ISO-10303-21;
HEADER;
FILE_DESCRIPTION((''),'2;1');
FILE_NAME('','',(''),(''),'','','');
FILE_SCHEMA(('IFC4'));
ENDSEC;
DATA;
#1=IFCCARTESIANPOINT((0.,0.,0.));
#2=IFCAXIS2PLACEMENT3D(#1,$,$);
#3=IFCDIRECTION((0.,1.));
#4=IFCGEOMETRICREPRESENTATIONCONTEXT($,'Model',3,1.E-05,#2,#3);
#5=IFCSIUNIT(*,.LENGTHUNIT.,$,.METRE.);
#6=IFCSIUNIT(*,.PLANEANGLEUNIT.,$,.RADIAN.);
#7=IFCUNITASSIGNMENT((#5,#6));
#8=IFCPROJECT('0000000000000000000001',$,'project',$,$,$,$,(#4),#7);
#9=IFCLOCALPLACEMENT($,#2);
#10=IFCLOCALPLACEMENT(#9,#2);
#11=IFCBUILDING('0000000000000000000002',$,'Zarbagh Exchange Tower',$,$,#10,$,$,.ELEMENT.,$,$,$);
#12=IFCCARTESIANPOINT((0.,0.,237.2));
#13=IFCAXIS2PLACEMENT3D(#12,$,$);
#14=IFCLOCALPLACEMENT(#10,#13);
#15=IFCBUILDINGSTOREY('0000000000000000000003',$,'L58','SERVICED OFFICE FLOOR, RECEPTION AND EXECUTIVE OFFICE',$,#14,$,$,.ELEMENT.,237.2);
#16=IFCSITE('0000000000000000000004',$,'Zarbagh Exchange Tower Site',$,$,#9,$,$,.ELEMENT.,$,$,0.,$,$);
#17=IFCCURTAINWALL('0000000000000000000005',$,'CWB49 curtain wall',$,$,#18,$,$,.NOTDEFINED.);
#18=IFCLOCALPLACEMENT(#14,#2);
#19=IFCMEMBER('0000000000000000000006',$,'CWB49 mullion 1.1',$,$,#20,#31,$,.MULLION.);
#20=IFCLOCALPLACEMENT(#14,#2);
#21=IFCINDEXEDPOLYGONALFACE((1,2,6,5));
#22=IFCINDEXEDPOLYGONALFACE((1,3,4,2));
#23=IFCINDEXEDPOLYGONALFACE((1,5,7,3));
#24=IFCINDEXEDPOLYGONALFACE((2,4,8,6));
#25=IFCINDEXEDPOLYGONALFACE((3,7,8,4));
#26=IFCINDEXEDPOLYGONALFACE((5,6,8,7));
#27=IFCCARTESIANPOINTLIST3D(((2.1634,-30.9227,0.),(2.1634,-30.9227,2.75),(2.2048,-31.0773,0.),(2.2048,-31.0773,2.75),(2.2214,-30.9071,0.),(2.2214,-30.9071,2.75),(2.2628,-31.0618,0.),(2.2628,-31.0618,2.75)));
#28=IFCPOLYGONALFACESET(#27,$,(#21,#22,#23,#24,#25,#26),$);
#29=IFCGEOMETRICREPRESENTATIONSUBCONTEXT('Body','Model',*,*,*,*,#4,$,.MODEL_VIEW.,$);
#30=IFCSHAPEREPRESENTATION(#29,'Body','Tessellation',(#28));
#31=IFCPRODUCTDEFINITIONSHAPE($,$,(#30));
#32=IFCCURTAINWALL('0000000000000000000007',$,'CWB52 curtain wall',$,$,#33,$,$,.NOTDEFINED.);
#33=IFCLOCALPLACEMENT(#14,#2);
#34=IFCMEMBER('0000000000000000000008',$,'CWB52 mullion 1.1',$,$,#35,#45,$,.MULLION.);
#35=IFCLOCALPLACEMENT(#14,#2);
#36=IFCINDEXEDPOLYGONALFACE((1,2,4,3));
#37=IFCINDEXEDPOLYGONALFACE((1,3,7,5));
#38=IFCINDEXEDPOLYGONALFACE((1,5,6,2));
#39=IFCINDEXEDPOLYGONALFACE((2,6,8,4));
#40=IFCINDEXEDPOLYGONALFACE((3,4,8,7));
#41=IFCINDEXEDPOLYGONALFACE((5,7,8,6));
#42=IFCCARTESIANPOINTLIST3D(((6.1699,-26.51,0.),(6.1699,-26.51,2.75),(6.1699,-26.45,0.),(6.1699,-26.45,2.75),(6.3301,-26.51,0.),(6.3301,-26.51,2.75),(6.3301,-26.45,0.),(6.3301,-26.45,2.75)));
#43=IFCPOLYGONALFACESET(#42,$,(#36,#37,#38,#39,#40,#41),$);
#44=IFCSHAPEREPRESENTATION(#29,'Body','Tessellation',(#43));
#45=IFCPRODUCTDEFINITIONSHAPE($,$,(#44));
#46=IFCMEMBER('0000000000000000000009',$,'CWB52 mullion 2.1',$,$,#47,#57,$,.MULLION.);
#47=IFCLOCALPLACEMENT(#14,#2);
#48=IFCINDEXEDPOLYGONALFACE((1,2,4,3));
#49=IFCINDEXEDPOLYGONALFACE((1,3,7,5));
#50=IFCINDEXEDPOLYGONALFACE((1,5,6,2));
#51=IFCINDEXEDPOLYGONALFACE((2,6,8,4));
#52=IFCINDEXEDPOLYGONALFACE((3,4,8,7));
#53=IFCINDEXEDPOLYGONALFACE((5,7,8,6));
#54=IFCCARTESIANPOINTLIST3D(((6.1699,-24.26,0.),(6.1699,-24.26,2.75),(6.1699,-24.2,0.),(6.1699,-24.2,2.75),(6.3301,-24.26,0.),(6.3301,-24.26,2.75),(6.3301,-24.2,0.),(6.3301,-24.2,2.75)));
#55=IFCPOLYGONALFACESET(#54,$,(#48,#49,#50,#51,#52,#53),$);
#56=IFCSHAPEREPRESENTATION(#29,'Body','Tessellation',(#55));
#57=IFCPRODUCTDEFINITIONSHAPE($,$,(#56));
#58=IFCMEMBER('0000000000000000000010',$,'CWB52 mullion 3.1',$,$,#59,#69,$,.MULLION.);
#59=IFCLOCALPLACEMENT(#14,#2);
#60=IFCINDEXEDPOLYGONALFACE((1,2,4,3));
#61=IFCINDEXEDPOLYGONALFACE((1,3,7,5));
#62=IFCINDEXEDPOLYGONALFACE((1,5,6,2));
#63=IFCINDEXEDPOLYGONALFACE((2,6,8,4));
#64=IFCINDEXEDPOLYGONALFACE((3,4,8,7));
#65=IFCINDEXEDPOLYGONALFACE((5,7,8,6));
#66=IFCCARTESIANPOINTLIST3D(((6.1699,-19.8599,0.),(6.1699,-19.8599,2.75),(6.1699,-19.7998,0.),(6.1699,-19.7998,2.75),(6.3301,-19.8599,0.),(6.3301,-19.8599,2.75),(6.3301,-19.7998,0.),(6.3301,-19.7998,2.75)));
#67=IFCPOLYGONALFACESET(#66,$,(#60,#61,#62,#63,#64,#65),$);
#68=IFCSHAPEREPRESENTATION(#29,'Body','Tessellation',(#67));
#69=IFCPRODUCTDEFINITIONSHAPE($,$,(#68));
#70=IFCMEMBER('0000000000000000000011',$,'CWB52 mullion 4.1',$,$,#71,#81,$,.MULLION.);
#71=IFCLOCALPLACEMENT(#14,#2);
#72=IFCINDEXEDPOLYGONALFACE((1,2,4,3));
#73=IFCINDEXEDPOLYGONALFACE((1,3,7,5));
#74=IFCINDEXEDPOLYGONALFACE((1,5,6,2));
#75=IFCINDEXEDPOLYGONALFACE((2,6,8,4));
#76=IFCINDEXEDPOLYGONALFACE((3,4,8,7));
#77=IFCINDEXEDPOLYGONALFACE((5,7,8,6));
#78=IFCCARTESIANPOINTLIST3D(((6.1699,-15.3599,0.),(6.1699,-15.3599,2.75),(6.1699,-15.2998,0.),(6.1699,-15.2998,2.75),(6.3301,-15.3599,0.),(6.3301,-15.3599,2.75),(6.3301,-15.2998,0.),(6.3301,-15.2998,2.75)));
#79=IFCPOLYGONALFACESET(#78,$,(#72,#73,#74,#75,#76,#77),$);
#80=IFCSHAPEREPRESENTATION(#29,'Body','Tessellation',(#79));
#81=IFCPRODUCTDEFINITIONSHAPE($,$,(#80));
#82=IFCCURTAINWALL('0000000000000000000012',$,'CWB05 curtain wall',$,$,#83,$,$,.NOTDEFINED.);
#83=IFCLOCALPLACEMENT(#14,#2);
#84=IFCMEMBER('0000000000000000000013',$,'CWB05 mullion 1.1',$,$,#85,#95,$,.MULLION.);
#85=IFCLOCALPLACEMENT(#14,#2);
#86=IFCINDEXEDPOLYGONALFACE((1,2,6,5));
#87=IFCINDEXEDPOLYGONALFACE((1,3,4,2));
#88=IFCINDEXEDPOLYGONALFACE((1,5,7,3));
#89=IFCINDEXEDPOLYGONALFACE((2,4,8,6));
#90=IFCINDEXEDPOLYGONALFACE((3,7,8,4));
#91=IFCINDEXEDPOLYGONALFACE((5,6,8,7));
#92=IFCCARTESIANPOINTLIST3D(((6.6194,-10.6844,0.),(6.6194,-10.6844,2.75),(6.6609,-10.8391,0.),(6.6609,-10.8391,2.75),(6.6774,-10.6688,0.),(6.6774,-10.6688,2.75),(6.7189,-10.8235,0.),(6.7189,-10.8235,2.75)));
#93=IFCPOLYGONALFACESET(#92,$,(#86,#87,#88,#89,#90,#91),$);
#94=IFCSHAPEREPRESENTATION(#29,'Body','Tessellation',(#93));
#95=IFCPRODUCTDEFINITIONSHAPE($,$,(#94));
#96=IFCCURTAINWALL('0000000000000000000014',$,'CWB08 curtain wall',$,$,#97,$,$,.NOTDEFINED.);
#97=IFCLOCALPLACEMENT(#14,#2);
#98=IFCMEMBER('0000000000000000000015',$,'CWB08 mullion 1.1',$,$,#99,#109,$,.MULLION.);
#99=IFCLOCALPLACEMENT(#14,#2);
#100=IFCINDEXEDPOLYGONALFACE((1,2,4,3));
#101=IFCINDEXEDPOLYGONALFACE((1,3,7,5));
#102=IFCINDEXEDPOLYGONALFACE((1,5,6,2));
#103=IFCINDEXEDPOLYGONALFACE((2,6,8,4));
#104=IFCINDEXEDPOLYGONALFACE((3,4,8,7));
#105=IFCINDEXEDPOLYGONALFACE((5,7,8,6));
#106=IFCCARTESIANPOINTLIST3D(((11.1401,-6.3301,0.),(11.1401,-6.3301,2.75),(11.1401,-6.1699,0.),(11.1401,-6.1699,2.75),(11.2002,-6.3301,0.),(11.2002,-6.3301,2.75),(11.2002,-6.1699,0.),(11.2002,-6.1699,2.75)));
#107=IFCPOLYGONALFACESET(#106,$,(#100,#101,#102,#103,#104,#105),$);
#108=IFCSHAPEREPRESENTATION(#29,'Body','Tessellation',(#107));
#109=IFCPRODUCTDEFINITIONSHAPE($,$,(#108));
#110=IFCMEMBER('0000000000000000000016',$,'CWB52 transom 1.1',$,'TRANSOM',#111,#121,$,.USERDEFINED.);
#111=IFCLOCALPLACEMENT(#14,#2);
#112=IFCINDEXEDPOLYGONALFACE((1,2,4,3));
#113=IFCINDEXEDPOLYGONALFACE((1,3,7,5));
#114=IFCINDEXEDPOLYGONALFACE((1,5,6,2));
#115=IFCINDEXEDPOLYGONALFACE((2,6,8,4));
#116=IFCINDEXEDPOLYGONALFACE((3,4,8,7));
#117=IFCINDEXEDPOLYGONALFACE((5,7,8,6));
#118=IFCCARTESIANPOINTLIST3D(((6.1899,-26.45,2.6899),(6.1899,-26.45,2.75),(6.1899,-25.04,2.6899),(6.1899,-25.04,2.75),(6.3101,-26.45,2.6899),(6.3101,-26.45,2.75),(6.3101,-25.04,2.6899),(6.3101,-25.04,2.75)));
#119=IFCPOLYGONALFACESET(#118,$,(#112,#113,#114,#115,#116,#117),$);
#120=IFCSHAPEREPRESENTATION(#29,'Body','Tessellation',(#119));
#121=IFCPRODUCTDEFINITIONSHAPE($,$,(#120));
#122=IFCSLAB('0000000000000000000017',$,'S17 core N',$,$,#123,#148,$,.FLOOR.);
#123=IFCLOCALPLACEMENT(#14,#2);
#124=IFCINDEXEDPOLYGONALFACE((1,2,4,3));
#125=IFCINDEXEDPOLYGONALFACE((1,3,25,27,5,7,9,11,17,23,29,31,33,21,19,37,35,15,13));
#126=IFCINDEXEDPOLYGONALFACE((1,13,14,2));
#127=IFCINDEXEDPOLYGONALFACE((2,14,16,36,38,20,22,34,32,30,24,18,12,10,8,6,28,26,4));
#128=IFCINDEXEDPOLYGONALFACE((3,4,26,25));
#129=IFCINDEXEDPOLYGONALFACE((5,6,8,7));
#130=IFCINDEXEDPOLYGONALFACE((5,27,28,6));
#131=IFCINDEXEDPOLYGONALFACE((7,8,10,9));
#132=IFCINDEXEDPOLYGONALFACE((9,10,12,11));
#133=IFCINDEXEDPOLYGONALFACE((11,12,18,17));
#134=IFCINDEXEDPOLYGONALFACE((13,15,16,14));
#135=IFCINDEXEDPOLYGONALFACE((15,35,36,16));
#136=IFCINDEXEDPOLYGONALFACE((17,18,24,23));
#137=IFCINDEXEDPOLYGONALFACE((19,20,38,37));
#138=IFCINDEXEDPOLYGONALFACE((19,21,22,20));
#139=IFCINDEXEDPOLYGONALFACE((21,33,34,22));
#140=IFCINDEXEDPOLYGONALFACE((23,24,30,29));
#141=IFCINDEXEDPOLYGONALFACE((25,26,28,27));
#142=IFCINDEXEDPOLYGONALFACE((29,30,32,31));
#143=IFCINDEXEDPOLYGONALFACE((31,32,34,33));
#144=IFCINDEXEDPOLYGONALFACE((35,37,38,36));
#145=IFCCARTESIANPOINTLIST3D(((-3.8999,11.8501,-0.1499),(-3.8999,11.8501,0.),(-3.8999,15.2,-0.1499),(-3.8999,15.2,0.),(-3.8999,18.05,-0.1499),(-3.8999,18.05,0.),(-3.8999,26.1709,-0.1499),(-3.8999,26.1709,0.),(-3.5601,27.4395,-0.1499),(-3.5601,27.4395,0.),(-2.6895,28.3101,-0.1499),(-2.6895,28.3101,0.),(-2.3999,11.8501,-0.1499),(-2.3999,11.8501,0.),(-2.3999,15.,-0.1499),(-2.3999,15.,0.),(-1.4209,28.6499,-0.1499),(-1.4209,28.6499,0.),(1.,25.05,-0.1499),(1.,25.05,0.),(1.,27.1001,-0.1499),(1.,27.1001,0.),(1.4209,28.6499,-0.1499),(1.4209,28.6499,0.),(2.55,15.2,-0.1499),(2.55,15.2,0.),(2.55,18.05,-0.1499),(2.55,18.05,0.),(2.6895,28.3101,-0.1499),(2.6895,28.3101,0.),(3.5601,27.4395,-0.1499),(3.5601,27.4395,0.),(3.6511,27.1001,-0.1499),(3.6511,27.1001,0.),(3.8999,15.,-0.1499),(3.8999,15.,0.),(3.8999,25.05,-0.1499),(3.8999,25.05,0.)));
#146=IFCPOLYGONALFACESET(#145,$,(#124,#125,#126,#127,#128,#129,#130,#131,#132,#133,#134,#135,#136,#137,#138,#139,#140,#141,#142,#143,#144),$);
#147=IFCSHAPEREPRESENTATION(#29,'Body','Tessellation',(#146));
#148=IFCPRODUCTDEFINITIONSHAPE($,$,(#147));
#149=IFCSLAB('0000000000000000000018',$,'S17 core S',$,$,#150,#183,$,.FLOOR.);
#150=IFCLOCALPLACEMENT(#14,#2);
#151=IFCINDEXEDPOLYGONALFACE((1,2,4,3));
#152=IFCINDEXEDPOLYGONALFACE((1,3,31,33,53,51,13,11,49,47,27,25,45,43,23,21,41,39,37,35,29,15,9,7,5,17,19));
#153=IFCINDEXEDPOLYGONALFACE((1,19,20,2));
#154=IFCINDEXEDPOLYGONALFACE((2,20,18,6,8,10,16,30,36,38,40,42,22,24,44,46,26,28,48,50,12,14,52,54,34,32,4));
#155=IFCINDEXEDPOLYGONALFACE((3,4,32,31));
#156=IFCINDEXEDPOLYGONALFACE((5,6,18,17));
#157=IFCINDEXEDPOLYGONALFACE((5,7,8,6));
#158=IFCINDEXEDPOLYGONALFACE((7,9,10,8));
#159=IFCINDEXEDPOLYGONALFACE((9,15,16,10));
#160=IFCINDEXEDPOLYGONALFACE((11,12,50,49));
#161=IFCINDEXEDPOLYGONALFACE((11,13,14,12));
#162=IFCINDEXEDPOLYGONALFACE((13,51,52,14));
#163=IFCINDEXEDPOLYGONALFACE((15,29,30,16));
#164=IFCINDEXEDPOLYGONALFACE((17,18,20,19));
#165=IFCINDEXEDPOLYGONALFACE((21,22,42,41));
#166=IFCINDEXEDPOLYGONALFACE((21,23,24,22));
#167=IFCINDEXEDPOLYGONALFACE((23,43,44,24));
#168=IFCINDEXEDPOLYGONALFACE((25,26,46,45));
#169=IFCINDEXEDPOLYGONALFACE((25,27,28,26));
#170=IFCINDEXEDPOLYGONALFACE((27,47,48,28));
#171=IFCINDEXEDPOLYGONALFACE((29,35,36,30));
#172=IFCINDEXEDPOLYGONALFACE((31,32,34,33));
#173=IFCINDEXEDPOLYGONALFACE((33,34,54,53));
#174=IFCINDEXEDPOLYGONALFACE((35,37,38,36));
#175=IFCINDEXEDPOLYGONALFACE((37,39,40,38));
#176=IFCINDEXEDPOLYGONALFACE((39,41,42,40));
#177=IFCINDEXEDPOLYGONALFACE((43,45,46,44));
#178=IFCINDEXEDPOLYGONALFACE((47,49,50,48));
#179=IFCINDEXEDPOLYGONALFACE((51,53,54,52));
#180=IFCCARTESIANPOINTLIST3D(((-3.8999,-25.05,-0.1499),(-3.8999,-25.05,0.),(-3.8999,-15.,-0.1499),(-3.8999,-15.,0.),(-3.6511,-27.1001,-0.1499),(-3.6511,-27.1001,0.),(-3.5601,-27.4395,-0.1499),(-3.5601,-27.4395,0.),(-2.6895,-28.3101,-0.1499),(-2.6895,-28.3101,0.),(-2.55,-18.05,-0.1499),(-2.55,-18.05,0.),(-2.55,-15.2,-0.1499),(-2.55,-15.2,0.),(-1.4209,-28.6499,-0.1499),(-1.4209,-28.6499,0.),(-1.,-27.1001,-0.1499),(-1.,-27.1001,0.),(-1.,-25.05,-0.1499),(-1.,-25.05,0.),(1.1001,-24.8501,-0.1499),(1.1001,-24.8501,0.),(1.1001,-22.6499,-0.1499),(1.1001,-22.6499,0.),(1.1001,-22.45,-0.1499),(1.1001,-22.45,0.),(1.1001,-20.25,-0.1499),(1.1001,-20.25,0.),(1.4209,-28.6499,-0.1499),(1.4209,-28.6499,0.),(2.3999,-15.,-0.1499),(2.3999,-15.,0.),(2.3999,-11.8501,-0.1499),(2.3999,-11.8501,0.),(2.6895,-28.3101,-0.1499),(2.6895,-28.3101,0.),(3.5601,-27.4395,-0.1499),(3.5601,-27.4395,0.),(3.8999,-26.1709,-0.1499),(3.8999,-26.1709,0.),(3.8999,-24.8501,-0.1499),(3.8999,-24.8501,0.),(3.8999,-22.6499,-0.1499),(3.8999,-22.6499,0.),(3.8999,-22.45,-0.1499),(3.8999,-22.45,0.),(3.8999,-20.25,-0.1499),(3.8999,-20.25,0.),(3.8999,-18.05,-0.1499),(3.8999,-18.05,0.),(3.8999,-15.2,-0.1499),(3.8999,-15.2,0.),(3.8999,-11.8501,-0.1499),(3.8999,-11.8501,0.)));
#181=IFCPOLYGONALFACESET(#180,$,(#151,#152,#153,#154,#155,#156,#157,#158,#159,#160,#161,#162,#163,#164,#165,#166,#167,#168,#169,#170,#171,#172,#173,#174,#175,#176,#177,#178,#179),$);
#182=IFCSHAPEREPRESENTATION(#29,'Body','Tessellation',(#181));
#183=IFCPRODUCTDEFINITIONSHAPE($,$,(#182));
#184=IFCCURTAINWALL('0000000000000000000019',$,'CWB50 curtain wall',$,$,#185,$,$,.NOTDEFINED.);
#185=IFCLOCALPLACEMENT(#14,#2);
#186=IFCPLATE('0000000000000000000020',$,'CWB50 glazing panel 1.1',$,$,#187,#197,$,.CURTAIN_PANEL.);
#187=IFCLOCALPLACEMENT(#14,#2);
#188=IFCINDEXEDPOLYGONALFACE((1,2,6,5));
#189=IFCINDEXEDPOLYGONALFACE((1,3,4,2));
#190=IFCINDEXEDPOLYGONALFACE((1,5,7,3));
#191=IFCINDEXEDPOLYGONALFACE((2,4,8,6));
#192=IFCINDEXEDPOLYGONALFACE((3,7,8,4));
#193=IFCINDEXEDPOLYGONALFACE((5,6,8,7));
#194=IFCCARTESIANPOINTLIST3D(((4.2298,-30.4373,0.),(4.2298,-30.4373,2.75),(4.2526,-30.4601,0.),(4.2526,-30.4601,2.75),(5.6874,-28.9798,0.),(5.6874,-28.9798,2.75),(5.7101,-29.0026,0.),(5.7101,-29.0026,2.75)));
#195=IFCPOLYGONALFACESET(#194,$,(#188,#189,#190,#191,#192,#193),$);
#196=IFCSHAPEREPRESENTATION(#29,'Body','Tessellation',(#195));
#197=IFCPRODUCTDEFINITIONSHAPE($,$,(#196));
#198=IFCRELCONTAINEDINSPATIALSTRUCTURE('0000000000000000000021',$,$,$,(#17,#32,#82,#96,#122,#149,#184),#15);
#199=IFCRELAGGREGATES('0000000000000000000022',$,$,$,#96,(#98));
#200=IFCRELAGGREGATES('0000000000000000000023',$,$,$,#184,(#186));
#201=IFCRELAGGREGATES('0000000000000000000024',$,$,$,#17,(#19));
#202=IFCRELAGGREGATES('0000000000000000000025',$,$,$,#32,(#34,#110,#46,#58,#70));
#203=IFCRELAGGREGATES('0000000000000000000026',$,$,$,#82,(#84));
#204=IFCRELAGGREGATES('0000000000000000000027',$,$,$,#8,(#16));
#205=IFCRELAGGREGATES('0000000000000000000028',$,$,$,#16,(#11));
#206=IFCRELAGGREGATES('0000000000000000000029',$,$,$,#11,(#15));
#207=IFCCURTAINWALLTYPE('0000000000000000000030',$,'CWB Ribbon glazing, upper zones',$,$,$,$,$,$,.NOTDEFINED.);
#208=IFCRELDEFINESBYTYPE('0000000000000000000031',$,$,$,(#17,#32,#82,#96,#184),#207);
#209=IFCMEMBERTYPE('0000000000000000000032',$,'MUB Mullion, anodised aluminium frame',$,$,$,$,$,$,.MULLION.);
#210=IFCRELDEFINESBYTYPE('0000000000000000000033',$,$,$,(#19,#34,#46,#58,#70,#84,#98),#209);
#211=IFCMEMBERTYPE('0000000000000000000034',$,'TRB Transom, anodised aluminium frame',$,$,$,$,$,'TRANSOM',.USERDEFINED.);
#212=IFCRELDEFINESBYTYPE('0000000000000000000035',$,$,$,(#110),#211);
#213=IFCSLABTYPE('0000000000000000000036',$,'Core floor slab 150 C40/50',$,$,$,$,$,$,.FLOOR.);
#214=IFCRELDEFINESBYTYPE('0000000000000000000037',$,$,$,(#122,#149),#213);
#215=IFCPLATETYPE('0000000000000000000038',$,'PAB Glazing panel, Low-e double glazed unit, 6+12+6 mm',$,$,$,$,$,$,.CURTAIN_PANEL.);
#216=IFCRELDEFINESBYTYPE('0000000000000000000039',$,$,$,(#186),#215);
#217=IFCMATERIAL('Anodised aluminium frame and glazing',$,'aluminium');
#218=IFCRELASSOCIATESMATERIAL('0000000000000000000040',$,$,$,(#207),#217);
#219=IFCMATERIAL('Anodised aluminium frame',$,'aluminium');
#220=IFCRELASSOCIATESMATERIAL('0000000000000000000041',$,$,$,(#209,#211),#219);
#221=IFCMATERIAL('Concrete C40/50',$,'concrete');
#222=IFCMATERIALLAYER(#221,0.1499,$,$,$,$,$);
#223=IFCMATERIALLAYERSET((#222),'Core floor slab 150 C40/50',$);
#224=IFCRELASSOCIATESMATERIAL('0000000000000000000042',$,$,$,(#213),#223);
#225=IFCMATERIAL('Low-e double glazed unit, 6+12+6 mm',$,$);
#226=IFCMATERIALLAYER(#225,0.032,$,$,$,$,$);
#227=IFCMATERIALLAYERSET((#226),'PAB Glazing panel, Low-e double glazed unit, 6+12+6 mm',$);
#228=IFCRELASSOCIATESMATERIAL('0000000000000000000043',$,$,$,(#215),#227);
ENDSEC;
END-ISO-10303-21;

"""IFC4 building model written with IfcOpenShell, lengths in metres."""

from ifc_helpers import new_model, si_unit, direction, frame, origin, place, context, subcontext, project, spatial, polyline, outline, extrude, source, transform, mapped, material, layer, layer_set, type_object, element, aggregate, save


model = new_model("IFC4")

# Units and contexts
model_context = context("Model", 3, precision=1e-05, world=origin(), true_north=direction((0.0, 1.0)))
body_context = subcontext(model_context, "Body", "Model", "MODEL_VIEW")
ifc_project = project(units=[si_unit("LENGTHUNIT", "METRE"), si_unit("PLANEANGLEUNIT", "RADIAN")], contexts=[model_context])

# Site, building, storey
site_placement = place(None, origin())
site = spatial("IfcSite", under=ifc_project, at=site_placement, Name="Zarbagh Exchange Tower Site", CompositionType="ELEMENT", RefElevation=0.0)
building_placement = place(site_placement, origin())
building = spatial("IfcBuilding", under=site, at=building_placement, Name="Zarbagh Exchange Tower", CompositionType="ELEMENT")
storey_placement = place(building_placement, frame((0.0, 0.0, 237.2)))
storey = spatial("IfcBuildingStorey", under=building, at=storey_placement, Name="L58", Description="SERVICED OFFICE FLOOR, RECEPTION AND EXECUTIVE OFFICE", CompositionType="ELEMENT", Elevation=237.2)

# Curtain wall, member
ifc_material_1 = material(Name="Anodised aluminium frame and glazing", Category="aluminium")
curtain_wall_type = type_object("IfcCurtainWallType", Name="CWB Ribbon glazing, upper zones", PredefinedType="NOTDEFINED", material=ifc_material_1)
curtain_wall_1_placement = place(storey_placement, origin())
curtain_wall_1 = element("IfcCurtainWall", 1, at=curtain_wall_1_placement, inside=storey, type_object=curtain_wall_type, Name="CWB49 curtain wall", PredefinedType="NOTDEFINED")
ifc_material_2 = material(Name="Anodised aluminium frame", Category="aluminium")
member_type_1 = type_object("IfcMemberType", Name="MUB Mullion, anodised aluminium frame", PredefinedType="MULLION", material=ifc_material_2)
shared_shape_1 = source(origin(), body_context, "Body", "SweptSolid", [
    extrude(outline(polyline([(0.0, -0.0801), (0.0601, -0.0801), (0.0601, 0.0801), (0.0, 0.0801), (0.0, -0.0801)])), origin(), (0.0, 0.0, 1.0), 2.75),
])
placement = place(storey_placement, origin())
member_1 = element("IfcMember", 2, at=placement, type_object=member_type_1, Name="CWB49 mullion 1.1", PredefinedType="MULLION", context=body_context, shape_type="MappedRepresentation", body=[
    mapped(shared_shape_1, transform((2.1841, -31.0, 0.0), x_axis=(0.965924, 0.258825, 0.0), y_axis=(-0.258825, 0.965924, 0.0), z_axis=(0.0, 0.0, 1.0))),
])

# Curtain wall, members
curtain_wall_2_placement = place(storey_placement, origin())
curtain_wall_2 = element("IfcCurtainWall", 3, at=curtain_wall_2_placement, inside=storey, type_object=curtain_wall_type, Name="CWB52 curtain wall", PredefinedType="NOTDEFINED")
member_2 = element("IfcMember", 4, at=placement, type_object=member_type_1, Name="CWB52 mullion 1.1", PredefinedType="MULLION", context=body_context, shape_type="MappedRepresentation", body=[
    mapped(shared_shape_1, transform((6.25, -26.51, 0.0), x_axis=(0.0, 1.0, 0.0), y_axis=(-1.0, 0.0, 0.0), z_axis=(0.0, 0.0, 1.0))),
])
member_3 = element("IfcMember", 5, at=placement, type_object=member_type_1, Name="CWB52 mullion 2.1", PredefinedType="MULLION", context=body_context, shape_type="MappedRepresentation", body=[
    mapped(shared_shape_1, transform((6.25, -24.26, 0.0), x_axis=(0.0, 1.0, 0.0), y_axis=(-1.0, 0.0, 0.0), z_axis=(0.0, 0.0, 1.0))),
])
member_4 = element("IfcMember", 6, at=placement, type_object=member_type_1, Name="CWB52 mullion 3.1", PredefinedType="MULLION", context=body_context, shape_type="MappedRepresentation", body=[
    mapped(shared_shape_1, transform((6.25, -19.8599, 0.0), x_axis=(0.0, 1.0, 0.0), y_axis=(-1.0, 0.0, 0.0), z_axis=(0.0, 0.0, 1.0))),
])
member_5 = element("IfcMember", 7, at=placement, type_object=member_type_1, Name="CWB52 mullion 4.1", PredefinedType="MULLION", context=body_context, shape_type="MappedRepresentation", body=[
    mapped(shared_shape_1, transform((6.25, -15.3599, 0.0), x_axis=(0.0, 1.0, 0.0), y_axis=(-1.0, 0.0, 0.0), z_axis=(0.0, 0.0, 1.0))),
])

# Curtain walls, members
curtain_wall_3_placement = place(storey_placement, origin())
curtain_wall_3 = element("IfcCurtainWall", 8, at=curtain_wall_3_placement, inside=storey, type_object=curtain_wall_type, Name="CWB05 curtain wall", PredefinedType="NOTDEFINED")
member_6 = element("IfcMember", 9, at=placement, type_object=member_type_1, Name="CWB05 mullion 1.1", PredefinedType="MULLION", context=body_context, shape_type="MappedRepresentation", body=[
    mapped(shared_shape_1, transform((6.6401, -10.7617, 0.0), x_axis=(0.965924, 0.258825, 0.0), y_axis=(-0.258825, 0.965924, 0.0), z_axis=(0.0, 0.0, 1.0))),
])
curtain_wall_4_placement = place(storey_placement, origin())
curtain_wall_4 = element("IfcCurtainWall", 10, at=curtain_wall_4_placement, inside=storey, type_object=curtain_wall_type, Name="CWB08 curtain wall", PredefinedType="NOTDEFINED")
member_7 = element("IfcMember", 11, at=placement, type_object=member_type_1, Name="CWB08 mullion 1.1", PredefinedType="MULLION", context=body_context, shape_type="MappedRepresentation", body=[
    mapped(shared_shape_1, transform((11.1401, -6.25, 0.0), x_axis=(1.0, 0.0, 0.0), y_axis=(0.0, 1.0, 0.0), z_axis=(0.0, 0.0, 1.0))),
])
aggregate(curtain_wall_4, [member_7])

# Member
member_type_2 = type_object("IfcMemberType", Name="TRB Transom, anodised aluminium frame", ElementType="TRANSOM", PredefinedType="USERDEFINED", material=ifc_material_2)
shared_shape_2 = source(origin(), body_context, "Body", "SweptSolid", [
    extrude(outline(polyline([(-0.0601, -0.0601), (0.0, -0.0601), (0.0, 0.0601), (-0.0601, 0.0601), (-0.0601, -0.0601)])), origin(), (0.0, 0.0, 1.0), 1.4099),
])
member_8 = element("IfcMember", 12, at=placement, type_object=member_type_2, Name="CWB52 transom 1.1", ObjectType="TRANSOM", PredefinedType="USERDEFINED", context=body_context, shape_type="MappedRepresentation", body=[
    mapped(shared_shape_2, transform((6.25, -26.45, 2.75), x_axis=(0.0, 0.0, 1.0), y_axis=(1.0, 0.0, 0.0), z_axis=(0.0, 1.0, 0.0))),
])

# Slabs
ifc_material_3 = material(Name="Concrete C40/50", Category="concrete")
ifc_layer_1 = layer(ifc_material_3, 0.1499)
ifc_layer_set_1 = layer_set([ifc_layer_1], Name="Core floor slab 150 C40/50")
slab_type = type_object("IfcSlabType", Name="Core floor slab 150 C40/50", PredefinedType="FLOOR", material=ifc_layer_set_1)
slab_1_placement = place(storey_placement, frame((0.0, 0.0, -0.1499)))
element("IfcSlab", 13, at=slab_1_placement, inside=storey, type_object=slab_type, Name="S17 core N", PredefinedType="FLOOR", context=body_context, shape_type="SweptSolid", body=[
    extrude(outline(polyline([(-3.8999, 11.8501), (-3.8999, 15.2), (2.55, 15.2), (2.55, 18.05), (-3.8999, 18.05), (-3.8999, 26.1709), (-3.5601, 27.4395), (-2.6895, 28.3101), (-1.4209, 28.6499), (1.4209, 28.6499), (2.6895, 28.3101), (3.5601, 27.4395), (3.6511, 27.1001), (1.0, 27.1001), (1.0, 25.05), (3.8999, 25.05), (3.8999, 15.0), (-2.3999, 15.0), (-2.3999, 11.8501), (-3.8999, 11.8501)])), origin(), (0.0, 0.0, 1.0), 0.1499),
])
slab_2_placement = place(storey_placement, frame((0.0, 0.0, -0.1499)))
element("IfcSlab", 14, at=slab_2_placement, inside=storey, type_object=slab_type, Name="S17 core S", PredefinedType="FLOOR", context=body_context, shape_type="SweptSolid", body=[
    extrude(outline(polyline([(-2.6895, -28.3101), (-3.5601, -27.4395), (-3.6511, -27.1001), (-1.0, -27.1001), (-1.0, -25.05), (-3.8999, -25.05), (-3.8999, -15.0), (2.3999, -15.0), (2.3999, -11.8501), (3.8999, -11.8501), (3.8999, -15.2), (-2.55, -15.2), (-2.55, -18.05), (3.8999, -18.05), (3.8999, -20.25), (1.1001, -20.25), (1.1001, -22.45), (3.8999, -22.45), (3.8999, -22.6499), (1.1001, -22.6499), (1.1001, -24.8501), (3.8999, -24.8501), (3.8999, -26.1709), (3.5601, -27.4395), (2.6895, -28.3101), (1.4209, -28.6499), (-1.4209, -28.6499), (-2.6895, -28.3101)])), origin(), (0.0, 0.0, 1.0), 0.1499),
])

# Curtain wall, plate
curtain_wall_5_placement = place(storey_placement, origin())
curtain_wall_5 = element("IfcCurtainWall", 15, at=curtain_wall_5_placement, inside=storey, type_object=curtain_wall_type, Name="CWB50 curtain wall", PredefinedType="NOTDEFINED")
ifc_material_4 = material(Name="Low-e double glazed unit, 6+12+6 mm")
ifc_layer_2 = layer(ifc_material_4, 0.032)
ifc_layer_set_2 = layer_set([ifc_layer_2], Name="PAB Glazing panel, Low-e double glazed unit, 6+12+6 mm")
plate_type = type_object("IfcPlateType", Name="PAB Glazing panel, Low-e double glazed unit, 6+12+6 mm", PredefinedType="CURTAIN_PANEL", material=ifc_layer_set_2)
shared_shape_3 = source(origin(), body_context, "Body", "SweptSolid", [
    extrude(outline(polyline([(0.0, -0.0161), (2.0613, -0.0161), (2.0613, 0.0161), (0.0, 0.0161), (0.0, -0.0161)])), origin(), (0.0, 0.0, 1.0), 2.75),
])
plate_1 = element("IfcPlate", 16, at=placement, type_object=plate_type, Name="CWB50 glazing panel 1.1", PredefinedType="CURTAIN_PANEL", context=body_context, shape_type="MappedRepresentation", body=[
    mapped(shared_shape_3, transform((4.2412, -30.4487, 0.0), x_axis=(0.707107, 0.707107, 0.0), y_axis=(-0.707107, 0.707107, 0.0), z_axis=(0.0, 0.0, 1.0))),
])
aggregate(curtain_wall_5, [plate_1])

aggregate(curtain_wall_1, [member_1])

aggregate(curtain_wall_2, [member_2, member_8, member_3, member_4, member_5])
aggregate(curtain_wall_3, [member_6])

save(model, "model.ifc")
